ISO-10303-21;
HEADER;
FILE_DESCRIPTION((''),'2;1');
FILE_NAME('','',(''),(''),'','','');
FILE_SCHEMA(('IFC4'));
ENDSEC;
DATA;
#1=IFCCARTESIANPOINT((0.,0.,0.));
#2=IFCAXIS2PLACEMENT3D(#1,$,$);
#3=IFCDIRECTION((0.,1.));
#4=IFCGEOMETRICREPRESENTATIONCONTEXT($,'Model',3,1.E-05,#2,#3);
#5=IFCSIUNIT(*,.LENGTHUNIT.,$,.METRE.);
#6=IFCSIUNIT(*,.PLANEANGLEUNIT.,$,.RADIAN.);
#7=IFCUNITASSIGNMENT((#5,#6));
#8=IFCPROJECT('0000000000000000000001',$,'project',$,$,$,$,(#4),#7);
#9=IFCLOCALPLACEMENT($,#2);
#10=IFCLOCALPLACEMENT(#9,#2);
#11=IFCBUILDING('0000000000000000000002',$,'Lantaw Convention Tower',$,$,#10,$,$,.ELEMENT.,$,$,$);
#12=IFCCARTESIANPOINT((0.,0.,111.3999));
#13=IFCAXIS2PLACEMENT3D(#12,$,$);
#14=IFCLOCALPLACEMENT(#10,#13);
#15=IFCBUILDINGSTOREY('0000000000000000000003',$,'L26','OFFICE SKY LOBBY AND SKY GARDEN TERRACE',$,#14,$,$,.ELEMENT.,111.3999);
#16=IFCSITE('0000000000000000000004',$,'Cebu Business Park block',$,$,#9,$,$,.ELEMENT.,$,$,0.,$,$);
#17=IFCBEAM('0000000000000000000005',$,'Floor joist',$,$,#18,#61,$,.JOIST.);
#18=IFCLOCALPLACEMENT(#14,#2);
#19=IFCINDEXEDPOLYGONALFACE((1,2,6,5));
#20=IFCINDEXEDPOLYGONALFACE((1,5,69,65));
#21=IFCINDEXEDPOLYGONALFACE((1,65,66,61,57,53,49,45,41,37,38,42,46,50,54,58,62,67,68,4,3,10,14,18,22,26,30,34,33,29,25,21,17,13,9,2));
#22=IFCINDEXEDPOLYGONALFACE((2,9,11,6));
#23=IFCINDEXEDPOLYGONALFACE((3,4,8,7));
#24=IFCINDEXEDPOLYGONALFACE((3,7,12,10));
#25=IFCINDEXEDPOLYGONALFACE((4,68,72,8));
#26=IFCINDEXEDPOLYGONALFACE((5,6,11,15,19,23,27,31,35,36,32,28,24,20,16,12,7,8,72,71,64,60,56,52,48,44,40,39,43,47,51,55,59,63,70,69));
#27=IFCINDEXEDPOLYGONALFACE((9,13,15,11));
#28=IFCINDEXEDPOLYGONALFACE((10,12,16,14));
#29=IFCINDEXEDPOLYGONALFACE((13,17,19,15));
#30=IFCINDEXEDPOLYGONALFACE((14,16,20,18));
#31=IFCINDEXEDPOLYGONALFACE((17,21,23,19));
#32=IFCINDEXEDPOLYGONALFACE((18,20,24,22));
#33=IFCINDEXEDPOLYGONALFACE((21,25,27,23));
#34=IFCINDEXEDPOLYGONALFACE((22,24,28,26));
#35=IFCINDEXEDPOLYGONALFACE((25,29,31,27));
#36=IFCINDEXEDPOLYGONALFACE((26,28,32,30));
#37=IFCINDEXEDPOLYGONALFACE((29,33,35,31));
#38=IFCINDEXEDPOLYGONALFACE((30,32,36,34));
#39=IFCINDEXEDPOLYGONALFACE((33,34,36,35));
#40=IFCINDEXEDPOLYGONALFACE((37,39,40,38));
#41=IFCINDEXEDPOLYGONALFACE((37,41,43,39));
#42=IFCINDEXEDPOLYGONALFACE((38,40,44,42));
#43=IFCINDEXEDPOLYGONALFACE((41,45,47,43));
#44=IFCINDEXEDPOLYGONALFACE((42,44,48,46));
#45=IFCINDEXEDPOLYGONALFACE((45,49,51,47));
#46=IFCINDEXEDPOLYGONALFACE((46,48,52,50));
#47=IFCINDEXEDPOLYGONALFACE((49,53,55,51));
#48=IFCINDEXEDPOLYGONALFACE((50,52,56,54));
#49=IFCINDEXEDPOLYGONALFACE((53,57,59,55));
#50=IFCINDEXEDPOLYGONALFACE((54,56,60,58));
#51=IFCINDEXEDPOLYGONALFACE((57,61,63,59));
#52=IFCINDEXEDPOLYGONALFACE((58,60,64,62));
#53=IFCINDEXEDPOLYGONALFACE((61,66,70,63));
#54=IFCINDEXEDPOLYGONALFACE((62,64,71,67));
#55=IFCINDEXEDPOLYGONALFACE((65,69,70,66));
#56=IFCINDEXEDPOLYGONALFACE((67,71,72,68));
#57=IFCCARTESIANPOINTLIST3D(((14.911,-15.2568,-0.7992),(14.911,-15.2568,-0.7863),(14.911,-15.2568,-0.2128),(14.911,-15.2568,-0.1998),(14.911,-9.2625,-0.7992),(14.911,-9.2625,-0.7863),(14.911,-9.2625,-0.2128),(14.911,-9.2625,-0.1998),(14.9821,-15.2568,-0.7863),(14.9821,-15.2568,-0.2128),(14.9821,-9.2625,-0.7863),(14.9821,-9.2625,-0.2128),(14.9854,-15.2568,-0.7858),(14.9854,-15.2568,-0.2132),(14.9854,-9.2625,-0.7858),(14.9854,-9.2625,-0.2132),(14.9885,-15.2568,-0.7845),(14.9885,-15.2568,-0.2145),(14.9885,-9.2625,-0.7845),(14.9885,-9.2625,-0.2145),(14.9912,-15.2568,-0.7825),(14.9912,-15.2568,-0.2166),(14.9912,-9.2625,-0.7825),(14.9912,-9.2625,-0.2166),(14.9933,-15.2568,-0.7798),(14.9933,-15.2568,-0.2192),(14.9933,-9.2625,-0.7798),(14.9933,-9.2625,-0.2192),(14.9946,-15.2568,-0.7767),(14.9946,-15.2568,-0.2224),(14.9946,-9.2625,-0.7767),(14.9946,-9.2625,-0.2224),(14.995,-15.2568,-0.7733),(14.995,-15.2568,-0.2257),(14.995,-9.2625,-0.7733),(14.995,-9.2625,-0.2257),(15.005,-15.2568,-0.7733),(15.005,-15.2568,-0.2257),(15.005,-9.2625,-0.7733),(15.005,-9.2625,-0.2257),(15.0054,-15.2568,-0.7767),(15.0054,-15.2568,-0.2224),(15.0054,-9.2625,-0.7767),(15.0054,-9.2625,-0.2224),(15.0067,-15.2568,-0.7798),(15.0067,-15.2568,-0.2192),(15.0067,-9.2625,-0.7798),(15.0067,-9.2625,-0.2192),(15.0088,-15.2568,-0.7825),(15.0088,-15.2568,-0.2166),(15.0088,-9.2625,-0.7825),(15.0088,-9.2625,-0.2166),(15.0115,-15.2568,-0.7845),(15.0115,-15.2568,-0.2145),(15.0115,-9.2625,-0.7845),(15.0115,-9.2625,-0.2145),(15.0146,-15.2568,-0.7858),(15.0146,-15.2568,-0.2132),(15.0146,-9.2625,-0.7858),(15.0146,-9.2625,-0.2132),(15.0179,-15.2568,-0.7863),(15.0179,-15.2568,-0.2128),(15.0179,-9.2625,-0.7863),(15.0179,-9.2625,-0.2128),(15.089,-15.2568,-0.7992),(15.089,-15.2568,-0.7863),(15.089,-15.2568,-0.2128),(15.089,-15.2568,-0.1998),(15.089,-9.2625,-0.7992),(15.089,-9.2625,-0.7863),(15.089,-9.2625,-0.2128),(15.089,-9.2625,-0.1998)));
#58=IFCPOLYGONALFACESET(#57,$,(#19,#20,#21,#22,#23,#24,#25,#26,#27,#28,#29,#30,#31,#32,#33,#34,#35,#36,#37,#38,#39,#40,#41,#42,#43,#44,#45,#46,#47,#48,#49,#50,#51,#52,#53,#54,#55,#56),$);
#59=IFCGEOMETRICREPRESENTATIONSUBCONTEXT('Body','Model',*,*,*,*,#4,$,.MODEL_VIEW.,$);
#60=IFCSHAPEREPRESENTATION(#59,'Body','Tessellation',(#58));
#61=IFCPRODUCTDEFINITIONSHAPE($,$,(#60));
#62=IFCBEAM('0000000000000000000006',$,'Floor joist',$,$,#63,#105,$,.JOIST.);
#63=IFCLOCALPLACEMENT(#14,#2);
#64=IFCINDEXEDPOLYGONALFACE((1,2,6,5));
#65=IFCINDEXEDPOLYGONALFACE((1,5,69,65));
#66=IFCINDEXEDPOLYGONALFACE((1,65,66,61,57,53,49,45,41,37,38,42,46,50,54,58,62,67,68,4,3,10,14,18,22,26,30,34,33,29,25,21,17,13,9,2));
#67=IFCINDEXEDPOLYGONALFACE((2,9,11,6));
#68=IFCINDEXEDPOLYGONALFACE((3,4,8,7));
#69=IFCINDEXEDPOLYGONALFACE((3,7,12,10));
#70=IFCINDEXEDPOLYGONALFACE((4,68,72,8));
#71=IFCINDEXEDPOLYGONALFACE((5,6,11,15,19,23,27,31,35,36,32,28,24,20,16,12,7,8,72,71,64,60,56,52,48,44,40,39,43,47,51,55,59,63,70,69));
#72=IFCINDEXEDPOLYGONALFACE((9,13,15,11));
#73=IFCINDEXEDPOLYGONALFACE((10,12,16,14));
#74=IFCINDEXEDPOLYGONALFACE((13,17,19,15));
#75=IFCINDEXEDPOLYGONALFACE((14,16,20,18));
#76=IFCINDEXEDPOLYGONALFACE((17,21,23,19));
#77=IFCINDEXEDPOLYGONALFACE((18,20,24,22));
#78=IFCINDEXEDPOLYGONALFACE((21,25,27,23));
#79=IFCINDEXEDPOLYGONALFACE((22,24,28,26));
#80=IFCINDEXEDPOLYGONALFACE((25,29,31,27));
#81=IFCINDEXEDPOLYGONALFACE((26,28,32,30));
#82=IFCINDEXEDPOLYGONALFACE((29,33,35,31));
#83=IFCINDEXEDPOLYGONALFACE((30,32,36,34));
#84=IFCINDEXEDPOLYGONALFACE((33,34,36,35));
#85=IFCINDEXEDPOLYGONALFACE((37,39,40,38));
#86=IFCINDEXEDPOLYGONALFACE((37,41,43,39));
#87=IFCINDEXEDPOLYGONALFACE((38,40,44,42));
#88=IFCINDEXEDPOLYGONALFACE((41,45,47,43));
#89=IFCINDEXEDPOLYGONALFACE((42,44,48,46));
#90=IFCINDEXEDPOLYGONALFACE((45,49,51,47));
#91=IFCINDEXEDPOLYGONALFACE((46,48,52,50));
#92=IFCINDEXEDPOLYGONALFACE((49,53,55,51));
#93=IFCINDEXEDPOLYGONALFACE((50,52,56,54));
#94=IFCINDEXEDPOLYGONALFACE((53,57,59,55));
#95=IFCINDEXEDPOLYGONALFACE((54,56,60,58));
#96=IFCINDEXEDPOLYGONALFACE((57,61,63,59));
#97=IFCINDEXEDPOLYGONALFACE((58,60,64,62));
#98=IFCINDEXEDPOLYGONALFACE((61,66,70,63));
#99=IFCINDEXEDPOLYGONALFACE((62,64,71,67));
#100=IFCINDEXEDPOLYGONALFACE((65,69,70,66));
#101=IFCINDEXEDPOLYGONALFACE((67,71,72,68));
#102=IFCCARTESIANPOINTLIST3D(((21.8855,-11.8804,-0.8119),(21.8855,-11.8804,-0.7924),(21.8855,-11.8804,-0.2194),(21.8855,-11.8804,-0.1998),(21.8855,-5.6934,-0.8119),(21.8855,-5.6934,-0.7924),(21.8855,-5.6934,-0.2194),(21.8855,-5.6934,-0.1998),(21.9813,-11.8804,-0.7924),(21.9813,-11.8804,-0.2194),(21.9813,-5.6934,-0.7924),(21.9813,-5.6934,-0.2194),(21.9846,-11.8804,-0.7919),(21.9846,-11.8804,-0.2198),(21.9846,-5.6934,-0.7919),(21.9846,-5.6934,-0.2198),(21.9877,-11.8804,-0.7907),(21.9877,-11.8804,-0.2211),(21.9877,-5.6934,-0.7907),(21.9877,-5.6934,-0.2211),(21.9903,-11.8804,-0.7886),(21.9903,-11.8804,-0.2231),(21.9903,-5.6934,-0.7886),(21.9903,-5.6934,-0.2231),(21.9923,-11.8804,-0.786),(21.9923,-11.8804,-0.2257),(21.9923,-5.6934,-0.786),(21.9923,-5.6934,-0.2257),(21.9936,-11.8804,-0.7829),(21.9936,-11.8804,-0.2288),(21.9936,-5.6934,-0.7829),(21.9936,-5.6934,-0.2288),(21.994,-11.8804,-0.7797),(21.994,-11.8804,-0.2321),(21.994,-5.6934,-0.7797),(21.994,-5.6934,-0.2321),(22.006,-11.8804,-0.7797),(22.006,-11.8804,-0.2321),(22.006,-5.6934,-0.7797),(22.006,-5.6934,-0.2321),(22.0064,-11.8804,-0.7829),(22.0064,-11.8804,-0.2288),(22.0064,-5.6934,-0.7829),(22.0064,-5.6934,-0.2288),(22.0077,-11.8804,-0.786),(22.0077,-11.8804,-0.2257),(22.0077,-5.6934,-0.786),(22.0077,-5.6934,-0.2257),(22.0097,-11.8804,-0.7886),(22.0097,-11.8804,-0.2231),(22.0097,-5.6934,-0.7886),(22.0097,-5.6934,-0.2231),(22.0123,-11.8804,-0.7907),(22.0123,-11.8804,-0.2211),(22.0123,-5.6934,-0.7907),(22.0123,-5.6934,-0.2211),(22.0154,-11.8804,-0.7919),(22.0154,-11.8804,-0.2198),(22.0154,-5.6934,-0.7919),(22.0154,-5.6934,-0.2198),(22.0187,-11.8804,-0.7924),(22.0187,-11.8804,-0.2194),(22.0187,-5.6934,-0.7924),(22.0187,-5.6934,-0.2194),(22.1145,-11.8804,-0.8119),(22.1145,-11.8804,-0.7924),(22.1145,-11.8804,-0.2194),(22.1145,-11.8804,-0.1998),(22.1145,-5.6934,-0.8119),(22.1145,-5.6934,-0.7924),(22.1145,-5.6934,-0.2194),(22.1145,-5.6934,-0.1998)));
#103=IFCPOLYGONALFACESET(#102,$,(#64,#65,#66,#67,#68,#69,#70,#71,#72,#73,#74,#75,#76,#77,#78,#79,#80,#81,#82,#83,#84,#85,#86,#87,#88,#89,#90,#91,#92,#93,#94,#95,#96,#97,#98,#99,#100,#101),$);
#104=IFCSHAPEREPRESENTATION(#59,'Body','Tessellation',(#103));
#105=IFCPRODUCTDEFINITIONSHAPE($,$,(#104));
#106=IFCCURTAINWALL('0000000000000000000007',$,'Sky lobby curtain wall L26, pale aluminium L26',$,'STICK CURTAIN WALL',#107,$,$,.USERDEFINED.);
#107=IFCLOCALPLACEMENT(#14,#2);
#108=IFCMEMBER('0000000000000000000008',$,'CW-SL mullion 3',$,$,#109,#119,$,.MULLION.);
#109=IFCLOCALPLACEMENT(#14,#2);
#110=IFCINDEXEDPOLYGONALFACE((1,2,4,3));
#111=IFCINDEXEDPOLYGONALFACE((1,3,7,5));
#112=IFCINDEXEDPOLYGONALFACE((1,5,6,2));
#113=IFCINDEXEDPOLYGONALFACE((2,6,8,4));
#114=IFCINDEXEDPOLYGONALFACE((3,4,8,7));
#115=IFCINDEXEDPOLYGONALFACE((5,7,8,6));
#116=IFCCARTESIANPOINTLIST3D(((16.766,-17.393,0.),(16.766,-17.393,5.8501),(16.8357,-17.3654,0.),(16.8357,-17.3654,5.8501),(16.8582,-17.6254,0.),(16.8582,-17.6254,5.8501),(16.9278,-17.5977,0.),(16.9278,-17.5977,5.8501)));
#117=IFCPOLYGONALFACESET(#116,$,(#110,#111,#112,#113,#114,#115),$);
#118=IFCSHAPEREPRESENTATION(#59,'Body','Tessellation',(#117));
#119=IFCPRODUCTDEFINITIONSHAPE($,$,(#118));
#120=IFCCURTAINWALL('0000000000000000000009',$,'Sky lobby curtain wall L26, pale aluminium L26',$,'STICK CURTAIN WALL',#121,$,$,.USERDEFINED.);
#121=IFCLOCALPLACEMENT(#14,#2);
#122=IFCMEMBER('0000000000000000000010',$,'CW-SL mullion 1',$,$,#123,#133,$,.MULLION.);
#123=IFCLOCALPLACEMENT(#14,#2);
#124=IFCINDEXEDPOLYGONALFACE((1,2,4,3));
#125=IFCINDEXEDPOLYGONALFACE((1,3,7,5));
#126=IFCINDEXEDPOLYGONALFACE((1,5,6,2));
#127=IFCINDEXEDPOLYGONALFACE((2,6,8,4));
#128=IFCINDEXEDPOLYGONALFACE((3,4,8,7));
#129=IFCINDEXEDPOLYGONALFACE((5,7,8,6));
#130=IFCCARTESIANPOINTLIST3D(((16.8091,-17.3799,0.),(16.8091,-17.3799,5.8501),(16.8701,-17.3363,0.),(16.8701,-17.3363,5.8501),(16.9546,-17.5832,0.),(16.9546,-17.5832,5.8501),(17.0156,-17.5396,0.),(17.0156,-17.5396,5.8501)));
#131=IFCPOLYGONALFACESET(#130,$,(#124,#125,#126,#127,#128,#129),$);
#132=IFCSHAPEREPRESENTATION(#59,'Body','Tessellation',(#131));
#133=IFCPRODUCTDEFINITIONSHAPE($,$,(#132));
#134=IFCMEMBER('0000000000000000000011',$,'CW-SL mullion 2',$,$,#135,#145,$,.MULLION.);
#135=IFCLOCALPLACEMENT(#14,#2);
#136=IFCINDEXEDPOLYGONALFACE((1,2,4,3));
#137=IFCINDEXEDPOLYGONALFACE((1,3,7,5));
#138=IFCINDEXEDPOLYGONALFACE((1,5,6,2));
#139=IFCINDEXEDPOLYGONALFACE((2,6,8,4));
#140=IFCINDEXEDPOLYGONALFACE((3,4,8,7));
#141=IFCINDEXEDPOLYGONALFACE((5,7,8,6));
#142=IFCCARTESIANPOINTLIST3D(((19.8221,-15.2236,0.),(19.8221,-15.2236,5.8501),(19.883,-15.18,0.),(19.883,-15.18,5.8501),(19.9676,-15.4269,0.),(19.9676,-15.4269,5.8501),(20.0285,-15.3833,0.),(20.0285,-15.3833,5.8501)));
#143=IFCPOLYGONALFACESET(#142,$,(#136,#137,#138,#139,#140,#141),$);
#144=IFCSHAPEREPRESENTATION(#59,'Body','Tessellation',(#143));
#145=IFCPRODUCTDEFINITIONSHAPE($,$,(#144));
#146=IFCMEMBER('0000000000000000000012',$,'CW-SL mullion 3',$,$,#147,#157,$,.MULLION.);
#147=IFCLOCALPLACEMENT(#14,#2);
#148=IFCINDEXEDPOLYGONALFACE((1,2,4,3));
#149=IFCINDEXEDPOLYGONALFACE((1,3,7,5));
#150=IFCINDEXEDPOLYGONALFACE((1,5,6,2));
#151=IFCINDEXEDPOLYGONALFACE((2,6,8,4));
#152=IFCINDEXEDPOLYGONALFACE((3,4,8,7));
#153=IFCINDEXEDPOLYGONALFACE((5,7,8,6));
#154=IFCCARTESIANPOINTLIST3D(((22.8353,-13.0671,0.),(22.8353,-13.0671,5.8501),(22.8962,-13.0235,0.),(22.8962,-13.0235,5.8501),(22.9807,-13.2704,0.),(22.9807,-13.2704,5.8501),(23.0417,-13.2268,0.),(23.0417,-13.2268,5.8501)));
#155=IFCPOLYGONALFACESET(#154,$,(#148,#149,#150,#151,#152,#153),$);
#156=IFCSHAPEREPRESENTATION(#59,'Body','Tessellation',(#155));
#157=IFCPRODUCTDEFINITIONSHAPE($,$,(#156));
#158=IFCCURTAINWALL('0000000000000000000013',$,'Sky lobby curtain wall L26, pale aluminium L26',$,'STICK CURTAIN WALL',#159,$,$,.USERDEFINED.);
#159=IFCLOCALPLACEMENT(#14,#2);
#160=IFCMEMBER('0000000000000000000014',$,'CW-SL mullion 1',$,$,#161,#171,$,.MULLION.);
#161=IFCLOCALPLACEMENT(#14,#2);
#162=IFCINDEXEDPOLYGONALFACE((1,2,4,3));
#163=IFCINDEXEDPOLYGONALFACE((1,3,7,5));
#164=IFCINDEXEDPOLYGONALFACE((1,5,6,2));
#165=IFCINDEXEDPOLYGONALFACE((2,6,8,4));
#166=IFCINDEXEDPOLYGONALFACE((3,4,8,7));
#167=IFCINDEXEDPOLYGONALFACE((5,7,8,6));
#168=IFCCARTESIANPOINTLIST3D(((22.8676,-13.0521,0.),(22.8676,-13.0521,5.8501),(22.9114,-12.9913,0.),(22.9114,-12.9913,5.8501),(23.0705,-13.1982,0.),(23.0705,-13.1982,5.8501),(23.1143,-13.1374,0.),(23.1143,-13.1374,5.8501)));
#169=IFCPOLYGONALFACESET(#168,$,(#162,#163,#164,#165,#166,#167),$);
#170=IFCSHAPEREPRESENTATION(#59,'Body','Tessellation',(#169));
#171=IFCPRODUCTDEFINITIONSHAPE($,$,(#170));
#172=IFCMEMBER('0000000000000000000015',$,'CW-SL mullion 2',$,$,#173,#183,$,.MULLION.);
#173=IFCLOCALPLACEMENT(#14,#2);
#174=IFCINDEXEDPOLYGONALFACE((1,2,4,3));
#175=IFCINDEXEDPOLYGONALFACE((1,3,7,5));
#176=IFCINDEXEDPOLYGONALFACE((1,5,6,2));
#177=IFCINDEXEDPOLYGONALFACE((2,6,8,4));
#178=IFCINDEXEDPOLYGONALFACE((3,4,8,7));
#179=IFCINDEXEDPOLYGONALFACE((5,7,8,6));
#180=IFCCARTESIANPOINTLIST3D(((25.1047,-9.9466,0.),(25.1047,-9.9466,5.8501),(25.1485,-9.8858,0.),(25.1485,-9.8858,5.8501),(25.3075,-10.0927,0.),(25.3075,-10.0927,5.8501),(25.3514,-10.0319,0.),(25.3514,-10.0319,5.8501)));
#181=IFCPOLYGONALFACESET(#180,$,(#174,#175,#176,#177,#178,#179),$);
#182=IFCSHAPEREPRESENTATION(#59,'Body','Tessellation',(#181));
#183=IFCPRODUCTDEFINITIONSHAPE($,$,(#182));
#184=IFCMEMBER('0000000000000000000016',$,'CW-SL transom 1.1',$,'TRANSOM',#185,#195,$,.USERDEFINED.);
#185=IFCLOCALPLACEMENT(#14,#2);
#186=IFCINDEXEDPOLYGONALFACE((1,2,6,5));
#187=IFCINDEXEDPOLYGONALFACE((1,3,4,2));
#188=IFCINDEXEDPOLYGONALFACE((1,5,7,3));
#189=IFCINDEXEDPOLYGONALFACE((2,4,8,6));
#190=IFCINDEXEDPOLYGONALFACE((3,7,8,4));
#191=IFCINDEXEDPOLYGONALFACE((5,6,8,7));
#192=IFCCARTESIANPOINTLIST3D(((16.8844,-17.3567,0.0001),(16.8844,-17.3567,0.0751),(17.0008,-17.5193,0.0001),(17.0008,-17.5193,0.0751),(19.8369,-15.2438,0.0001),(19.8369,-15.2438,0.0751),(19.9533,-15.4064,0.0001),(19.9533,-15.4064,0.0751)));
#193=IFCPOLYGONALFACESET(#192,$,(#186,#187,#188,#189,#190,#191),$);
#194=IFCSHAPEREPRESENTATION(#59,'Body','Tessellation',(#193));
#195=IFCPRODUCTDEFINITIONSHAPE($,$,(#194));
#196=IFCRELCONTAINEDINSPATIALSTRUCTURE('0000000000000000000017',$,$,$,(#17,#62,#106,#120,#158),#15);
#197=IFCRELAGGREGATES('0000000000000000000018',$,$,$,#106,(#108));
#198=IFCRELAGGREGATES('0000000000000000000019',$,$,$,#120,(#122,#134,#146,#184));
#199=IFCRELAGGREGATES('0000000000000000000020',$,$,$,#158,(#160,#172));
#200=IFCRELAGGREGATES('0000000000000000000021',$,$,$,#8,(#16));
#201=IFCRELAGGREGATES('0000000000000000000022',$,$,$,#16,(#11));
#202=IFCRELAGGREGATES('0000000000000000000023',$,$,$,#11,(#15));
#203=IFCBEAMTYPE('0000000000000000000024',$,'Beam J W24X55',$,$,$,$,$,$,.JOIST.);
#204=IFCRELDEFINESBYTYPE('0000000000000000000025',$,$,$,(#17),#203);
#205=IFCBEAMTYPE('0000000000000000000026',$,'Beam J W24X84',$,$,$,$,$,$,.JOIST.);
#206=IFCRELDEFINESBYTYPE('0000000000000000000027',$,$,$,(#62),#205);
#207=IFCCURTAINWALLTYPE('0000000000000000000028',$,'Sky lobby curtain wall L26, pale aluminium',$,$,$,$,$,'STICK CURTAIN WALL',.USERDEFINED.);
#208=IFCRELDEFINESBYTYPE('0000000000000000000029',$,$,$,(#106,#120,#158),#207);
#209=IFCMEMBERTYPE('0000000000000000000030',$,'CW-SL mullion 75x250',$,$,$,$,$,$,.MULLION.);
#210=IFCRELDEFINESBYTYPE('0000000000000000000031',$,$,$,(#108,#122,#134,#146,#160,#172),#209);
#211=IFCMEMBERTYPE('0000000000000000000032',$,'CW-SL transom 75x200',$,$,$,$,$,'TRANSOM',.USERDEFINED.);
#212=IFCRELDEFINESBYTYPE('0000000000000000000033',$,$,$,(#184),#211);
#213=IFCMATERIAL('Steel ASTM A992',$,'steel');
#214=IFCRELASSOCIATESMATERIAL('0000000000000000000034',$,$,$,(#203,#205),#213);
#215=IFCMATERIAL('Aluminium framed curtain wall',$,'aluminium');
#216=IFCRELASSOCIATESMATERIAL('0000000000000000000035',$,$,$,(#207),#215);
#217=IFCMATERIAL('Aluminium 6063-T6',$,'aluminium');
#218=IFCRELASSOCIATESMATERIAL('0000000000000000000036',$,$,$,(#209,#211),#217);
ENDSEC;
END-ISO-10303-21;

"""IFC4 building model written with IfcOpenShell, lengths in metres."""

from ifc_helpers import new_model, si_unit, direction, frame, origin, origin_2d, place, context, subcontext, project, spatial, rectangle, i_section, extrude, material, material_profile, profile_set, type_object, element, aggregate, save


model = new_model("IFC4")

# Units and contexts
model_context = context("Model", 3, precision=1e-05, world=origin(), true_north=direction((0.0, 1.0)))
body_context = subcontext(model_context, "Body", "Model", "MODEL_VIEW")
ifc_project = project(units=[si_unit("LENGTHUNIT", "METRE"), si_unit("PLANEANGLEUNIT", "RADIAN")], contexts=[model_context])

# Site, building, storey
site_placement = place(None, origin())
site = spatial("IfcSite", under=ifc_project, at=site_placement, Name="Cebu Business Park block", CompositionType="ELEMENT", RefElevation=0.0)
building_placement = place(site_placement, origin())
building = spatial("IfcBuilding", under=site, at=building_placement, Name="Lantaw Convention Tower", CompositionType="ELEMENT")
storey_placement = place(building_placement, frame((0.0, 0.0, 111.3999)))
storey = spatial("IfcBuildingStorey", under=building, at=storey_placement, Name="L26", Description="OFFICE SKY LOBBY AND SKY GARDEN TERRACE", CompositionType="ELEMENT", Elevation=111.3999)

# Beams
ifc_material_1 = material(Name="Steel ASTM A992", Category="steel")
ifc_material_profile_1 = material_profile(ifc_material_1, i_section(OverallWidth=0.178, OverallDepth=0.5994, WebThickness=0.01, FlangeThickness=0.0129, FilletRadius=0.0129, at=origin_2d()), Name="W24X55")
ifc_profile_set_1 = profile_set([ifc_material_profile_1], Name="Steel ASTM A992")
beam_type_1 = type_object("IfcBeamType", Name="Beam J W24X55", PredefinedType="JOIST", material=ifc_profile_set_1)
beam_1_placement = place(storey_placement, frame((15.0, -15.2568, -0.4995), z_axis=(0.0, 1.0, 0.0), x_axis=(-1.0, 0.0, 0.0)))
element("IfcBeam", 1, at=beam_1_placement, inside=storey, type_object=beam_type_1, Name="Floor joist", PredefinedType="JOIST", context=body_context, shape_type="SweptSolid", body=[
    extrude(i_section(OverallWidth=0.178, OverallDepth=0.5994, WebThickness=0.01, FlangeThickness=0.0129, FilletRadius=0.0129, at=origin_2d()), origin(), (0.0, 0.0, 1.0), 5.9944),
])
ifc_material_profile_2 = material_profile(ifc_material_1, i_section(OverallWidth=0.229, OverallDepth=0.6121, WebThickness=0.012, FlangeThickness=0.0195, FilletRadius=0.0127, at=origin_2d()), Name="W24X84")
ifc_profile_set_2 = profile_set([ifc_material_profile_2], Name="Steel ASTM A992")
beam_type_2 = type_object("IfcBeamType", Name="Beam J W24X84", PredefinedType="JOIST", material=ifc_profile_set_2)
beam_2_placement = place(storey_placement, frame((22.0, -11.8804, -0.5059), z_axis=(0.0, 1.0, 0.0), x_axis=(-1.0, 0.0, 0.0)))
element("IfcBeam", 2, at=beam_2_placement, inside=storey, type_object=beam_type_2, Name="Floor joist", PredefinedType="JOIST", context=body_context, shape_type="SweptSolid", body=[
    extrude(i_section(OverallWidth=0.229, OverallDepth=0.6121, WebThickness=0.012, FlangeThickness=0.0195, FilletRadius=0.0127, at=origin_2d()), origin(), (0.0, 0.0, 1.0), 6.187),
])

# Curtain wall, member
ifc_material_2 = material(Name="Aluminium framed curtain wall", Category="aluminium")
curtain_wall_type = type_object("IfcCurtainWallType", Name="Sky lobby curtain wall L26, pale aluminium", ElementType="STICK CURTAIN WALL", PredefinedType="USERDEFINED", material=ifc_material_2)
curtain_wall_1_placement = place(storey_placement, origin())
curtain_wall_1 = element("IfcCurtainWall", 3, at=curtain_wall_1_placement, inside=storey, type_object=curtain_wall_type, Name="Sky lobby curtain wall L26, pale aluminium L26", ObjectType="STICK CURTAIN WALL", PredefinedType="USERDEFINED")
ifc_material_3 = material(Name="Aluminium 6063-T6", Category="aluminium")
ifc_material_profile_3 = material_profile(ifc_material_3, rectangle(XDim=0.25, YDim=0.075, at=origin_2d()), Name="CW-SL mullion 75x250")
ifc_profile_set_3 = profile_set([ifc_material_profile_3], Name="Aluminium 6063-T6")
member_type_1 = type_object("IfcMemberType", Name="CW-SL mullion 75x250", PredefinedType="MULLION", material=ifc_profile_set_3)
member_1_placement = place(storey_placement, frame((16.8469, -17.4954, 0.0), z_axis=(0.0, 0.0, 1.0), x_axis=(-0.368702, 0.929548, 0.0)))
member_1 = element("IfcMember", 4, at=member_1_placement, type_object=member_type_1, Name="CW-SL mullion 3", PredefinedType="MULLION", context=body_context, shape_type="SweptSolid", body=[
    extrude(rectangle(XDim=0.25, YDim=0.075, at=origin_2d()), origin(), (0.0, 0.0, 1.0), 5.8501),
])

# Curtain walls, members
curtain_wall_2_placement = place(storey_placement, origin())
curtain_wall_2 = element("IfcCurtainWall", 5, at=curtain_wall_2_placement, inside=storey, type_object=curtain_wall_type, Name="Sky lobby curtain wall L26, pale aluminium L26", ObjectType="STICK CURTAIN WALL", PredefinedType="USERDEFINED")
member_2_placement = place(storey_placement, frame((16.9124, -17.4597, 0.0), z_axis=(0.0, 0.0, 1.0), x_axis=(-0.581973, 0.813208, 0.0)))
member_2 = element("IfcMember", 6, at=member_2_placement, type_object=member_type_1, Name="CW-SL mullion 1", PredefinedType="MULLION", context=body_context, shape_type="SweptSolid", body=[
    extrude(rectangle(XDim=0.25, YDim=0.075, at=origin_2d()), origin(), (0.0, 0.0, 1.0), 5.8501),
])
member_3_placement = place(storey_placement, frame((19.9253, -15.3035, 0.0), z_axis=(0.0, 0.0, 1.0), x_axis=(-0.581973, 0.813208, 0.0)))
member_3 = element("IfcMember", 7, at=member_3_placement, type_object=member_type_1, Name="CW-SL mullion 2", PredefinedType="MULLION", context=body_context, shape_type="SweptSolid", body=[
    extrude(rectangle(XDim=0.25, YDim=0.075, at=origin_2d()), origin(), (0.0, 0.0, 1.0), 5.8501),
])
member_4_placement = place(storey_placement, frame((22.9385, -13.147, 0.0), z_axis=(0.0, 0.0, 1.0), x_axis=(-0.581973, 0.813208, 0.0)))
member_4 = element("IfcMember", 8, at=member_4_placement, type_object=member_type_1, Name="CW-SL mullion 3", PredefinedType="MULLION", context=body_context, shape_type="SweptSolid", body=[
    extrude(rectangle(XDim=0.25, YDim=0.075, at=origin_2d()), origin(), (0.0, 0.0, 1.0), 5.8501),
])
curtain_wall_3_placement = place(storey_placement, origin())
curtain_wall_3 = element("IfcCurtainWall", 9, at=curtain_wall_3_placement, inside=storey, type_object=curtain_wall_type, Name="Sky lobby curtain wall L26, pale aluminium L26", ObjectType="STICK CURTAIN WALL", PredefinedType="USERDEFINED")
member_5_placement = place(storey_placement, frame((22.991, -13.0947, 0.0), z_axis=(0.0, 0.0, 1.0), x_axis=(-0.811385, 0.584513, 0.0)))
member_5 = element("IfcMember", 10, at=member_5_placement, type_object=member_type_1, Name="CW-SL mullion 1", PredefinedType="MULLION", context=body_context, shape_type="SweptSolid", body=[
    extrude(rectangle(XDim=0.25, YDim=0.075, at=origin_2d()), origin(), (0.0, 0.0, 1.0), 5.8501),
])
member_6_placement = place(storey_placement, frame((25.228, -9.9893, 0.0), z_axis=(0.0, 0.0, 1.0), x_axis=(-0.811385, 0.584513, 0.0)))
member_6 = element("IfcMember", 11, at=member_6_placement, type_object=member_type_1, Name="CW-SL mullion 2", PredefinedType="MULLION", context=body_context, shape_type="SweptSolid", body=[
    extrude(rectangle(XDim=0.25, YDim=0.075, at=origin_2d()), origin(), (0.0, 0.0, 1.0), 5.8501),
])

# Member
ifc_material_profile_4 = material_profile(ifc_material_3, rectangle(XDim=0.2, YDim=0.075, at=origin_2d()), Name="CW-SL transom 75x200")
ifc_profile_set_4 = profile_set([ifc_material_profile_4], Name="Aluminium 6063-T6")
member_type_2 = type_object("IfcMemberType", Name="CW-SL transom 75x200", ElementType="TRANSOM", PredefinedType="USERDEFINED", material=ifc_profile_set_4)
member_7_placement = place(storey_placement, frame((16.9426, -17.438, 0.0376), z_axis=(0.81322, 0.581957, 0.0), x_axis=(-0.581957, 0.81322, 0.0)))
member_7 = element("IfcMember", 12, at=member_7_placement, type_object=member_type_2, Name="CW-SL transom 1.1", ObjectType="TRANSOM", PredefinedType="USERDEFINED", context=body_context, shape_type="SweptSolid", body=[
    extrude(rectangle(XDim=0.2, YDim=0.075, at=origin_2d()), origin(), (0.0, 0.0, 1.0), 3.6306),
])

aggregate(curtain_wall_1, [member_1])
aggregate(curtain_wall_2, [member_2, member_3, member_4, member_7])
aggregate(curtain_wall_3, [member_5, member_6])

save(model, "model.ifc")
